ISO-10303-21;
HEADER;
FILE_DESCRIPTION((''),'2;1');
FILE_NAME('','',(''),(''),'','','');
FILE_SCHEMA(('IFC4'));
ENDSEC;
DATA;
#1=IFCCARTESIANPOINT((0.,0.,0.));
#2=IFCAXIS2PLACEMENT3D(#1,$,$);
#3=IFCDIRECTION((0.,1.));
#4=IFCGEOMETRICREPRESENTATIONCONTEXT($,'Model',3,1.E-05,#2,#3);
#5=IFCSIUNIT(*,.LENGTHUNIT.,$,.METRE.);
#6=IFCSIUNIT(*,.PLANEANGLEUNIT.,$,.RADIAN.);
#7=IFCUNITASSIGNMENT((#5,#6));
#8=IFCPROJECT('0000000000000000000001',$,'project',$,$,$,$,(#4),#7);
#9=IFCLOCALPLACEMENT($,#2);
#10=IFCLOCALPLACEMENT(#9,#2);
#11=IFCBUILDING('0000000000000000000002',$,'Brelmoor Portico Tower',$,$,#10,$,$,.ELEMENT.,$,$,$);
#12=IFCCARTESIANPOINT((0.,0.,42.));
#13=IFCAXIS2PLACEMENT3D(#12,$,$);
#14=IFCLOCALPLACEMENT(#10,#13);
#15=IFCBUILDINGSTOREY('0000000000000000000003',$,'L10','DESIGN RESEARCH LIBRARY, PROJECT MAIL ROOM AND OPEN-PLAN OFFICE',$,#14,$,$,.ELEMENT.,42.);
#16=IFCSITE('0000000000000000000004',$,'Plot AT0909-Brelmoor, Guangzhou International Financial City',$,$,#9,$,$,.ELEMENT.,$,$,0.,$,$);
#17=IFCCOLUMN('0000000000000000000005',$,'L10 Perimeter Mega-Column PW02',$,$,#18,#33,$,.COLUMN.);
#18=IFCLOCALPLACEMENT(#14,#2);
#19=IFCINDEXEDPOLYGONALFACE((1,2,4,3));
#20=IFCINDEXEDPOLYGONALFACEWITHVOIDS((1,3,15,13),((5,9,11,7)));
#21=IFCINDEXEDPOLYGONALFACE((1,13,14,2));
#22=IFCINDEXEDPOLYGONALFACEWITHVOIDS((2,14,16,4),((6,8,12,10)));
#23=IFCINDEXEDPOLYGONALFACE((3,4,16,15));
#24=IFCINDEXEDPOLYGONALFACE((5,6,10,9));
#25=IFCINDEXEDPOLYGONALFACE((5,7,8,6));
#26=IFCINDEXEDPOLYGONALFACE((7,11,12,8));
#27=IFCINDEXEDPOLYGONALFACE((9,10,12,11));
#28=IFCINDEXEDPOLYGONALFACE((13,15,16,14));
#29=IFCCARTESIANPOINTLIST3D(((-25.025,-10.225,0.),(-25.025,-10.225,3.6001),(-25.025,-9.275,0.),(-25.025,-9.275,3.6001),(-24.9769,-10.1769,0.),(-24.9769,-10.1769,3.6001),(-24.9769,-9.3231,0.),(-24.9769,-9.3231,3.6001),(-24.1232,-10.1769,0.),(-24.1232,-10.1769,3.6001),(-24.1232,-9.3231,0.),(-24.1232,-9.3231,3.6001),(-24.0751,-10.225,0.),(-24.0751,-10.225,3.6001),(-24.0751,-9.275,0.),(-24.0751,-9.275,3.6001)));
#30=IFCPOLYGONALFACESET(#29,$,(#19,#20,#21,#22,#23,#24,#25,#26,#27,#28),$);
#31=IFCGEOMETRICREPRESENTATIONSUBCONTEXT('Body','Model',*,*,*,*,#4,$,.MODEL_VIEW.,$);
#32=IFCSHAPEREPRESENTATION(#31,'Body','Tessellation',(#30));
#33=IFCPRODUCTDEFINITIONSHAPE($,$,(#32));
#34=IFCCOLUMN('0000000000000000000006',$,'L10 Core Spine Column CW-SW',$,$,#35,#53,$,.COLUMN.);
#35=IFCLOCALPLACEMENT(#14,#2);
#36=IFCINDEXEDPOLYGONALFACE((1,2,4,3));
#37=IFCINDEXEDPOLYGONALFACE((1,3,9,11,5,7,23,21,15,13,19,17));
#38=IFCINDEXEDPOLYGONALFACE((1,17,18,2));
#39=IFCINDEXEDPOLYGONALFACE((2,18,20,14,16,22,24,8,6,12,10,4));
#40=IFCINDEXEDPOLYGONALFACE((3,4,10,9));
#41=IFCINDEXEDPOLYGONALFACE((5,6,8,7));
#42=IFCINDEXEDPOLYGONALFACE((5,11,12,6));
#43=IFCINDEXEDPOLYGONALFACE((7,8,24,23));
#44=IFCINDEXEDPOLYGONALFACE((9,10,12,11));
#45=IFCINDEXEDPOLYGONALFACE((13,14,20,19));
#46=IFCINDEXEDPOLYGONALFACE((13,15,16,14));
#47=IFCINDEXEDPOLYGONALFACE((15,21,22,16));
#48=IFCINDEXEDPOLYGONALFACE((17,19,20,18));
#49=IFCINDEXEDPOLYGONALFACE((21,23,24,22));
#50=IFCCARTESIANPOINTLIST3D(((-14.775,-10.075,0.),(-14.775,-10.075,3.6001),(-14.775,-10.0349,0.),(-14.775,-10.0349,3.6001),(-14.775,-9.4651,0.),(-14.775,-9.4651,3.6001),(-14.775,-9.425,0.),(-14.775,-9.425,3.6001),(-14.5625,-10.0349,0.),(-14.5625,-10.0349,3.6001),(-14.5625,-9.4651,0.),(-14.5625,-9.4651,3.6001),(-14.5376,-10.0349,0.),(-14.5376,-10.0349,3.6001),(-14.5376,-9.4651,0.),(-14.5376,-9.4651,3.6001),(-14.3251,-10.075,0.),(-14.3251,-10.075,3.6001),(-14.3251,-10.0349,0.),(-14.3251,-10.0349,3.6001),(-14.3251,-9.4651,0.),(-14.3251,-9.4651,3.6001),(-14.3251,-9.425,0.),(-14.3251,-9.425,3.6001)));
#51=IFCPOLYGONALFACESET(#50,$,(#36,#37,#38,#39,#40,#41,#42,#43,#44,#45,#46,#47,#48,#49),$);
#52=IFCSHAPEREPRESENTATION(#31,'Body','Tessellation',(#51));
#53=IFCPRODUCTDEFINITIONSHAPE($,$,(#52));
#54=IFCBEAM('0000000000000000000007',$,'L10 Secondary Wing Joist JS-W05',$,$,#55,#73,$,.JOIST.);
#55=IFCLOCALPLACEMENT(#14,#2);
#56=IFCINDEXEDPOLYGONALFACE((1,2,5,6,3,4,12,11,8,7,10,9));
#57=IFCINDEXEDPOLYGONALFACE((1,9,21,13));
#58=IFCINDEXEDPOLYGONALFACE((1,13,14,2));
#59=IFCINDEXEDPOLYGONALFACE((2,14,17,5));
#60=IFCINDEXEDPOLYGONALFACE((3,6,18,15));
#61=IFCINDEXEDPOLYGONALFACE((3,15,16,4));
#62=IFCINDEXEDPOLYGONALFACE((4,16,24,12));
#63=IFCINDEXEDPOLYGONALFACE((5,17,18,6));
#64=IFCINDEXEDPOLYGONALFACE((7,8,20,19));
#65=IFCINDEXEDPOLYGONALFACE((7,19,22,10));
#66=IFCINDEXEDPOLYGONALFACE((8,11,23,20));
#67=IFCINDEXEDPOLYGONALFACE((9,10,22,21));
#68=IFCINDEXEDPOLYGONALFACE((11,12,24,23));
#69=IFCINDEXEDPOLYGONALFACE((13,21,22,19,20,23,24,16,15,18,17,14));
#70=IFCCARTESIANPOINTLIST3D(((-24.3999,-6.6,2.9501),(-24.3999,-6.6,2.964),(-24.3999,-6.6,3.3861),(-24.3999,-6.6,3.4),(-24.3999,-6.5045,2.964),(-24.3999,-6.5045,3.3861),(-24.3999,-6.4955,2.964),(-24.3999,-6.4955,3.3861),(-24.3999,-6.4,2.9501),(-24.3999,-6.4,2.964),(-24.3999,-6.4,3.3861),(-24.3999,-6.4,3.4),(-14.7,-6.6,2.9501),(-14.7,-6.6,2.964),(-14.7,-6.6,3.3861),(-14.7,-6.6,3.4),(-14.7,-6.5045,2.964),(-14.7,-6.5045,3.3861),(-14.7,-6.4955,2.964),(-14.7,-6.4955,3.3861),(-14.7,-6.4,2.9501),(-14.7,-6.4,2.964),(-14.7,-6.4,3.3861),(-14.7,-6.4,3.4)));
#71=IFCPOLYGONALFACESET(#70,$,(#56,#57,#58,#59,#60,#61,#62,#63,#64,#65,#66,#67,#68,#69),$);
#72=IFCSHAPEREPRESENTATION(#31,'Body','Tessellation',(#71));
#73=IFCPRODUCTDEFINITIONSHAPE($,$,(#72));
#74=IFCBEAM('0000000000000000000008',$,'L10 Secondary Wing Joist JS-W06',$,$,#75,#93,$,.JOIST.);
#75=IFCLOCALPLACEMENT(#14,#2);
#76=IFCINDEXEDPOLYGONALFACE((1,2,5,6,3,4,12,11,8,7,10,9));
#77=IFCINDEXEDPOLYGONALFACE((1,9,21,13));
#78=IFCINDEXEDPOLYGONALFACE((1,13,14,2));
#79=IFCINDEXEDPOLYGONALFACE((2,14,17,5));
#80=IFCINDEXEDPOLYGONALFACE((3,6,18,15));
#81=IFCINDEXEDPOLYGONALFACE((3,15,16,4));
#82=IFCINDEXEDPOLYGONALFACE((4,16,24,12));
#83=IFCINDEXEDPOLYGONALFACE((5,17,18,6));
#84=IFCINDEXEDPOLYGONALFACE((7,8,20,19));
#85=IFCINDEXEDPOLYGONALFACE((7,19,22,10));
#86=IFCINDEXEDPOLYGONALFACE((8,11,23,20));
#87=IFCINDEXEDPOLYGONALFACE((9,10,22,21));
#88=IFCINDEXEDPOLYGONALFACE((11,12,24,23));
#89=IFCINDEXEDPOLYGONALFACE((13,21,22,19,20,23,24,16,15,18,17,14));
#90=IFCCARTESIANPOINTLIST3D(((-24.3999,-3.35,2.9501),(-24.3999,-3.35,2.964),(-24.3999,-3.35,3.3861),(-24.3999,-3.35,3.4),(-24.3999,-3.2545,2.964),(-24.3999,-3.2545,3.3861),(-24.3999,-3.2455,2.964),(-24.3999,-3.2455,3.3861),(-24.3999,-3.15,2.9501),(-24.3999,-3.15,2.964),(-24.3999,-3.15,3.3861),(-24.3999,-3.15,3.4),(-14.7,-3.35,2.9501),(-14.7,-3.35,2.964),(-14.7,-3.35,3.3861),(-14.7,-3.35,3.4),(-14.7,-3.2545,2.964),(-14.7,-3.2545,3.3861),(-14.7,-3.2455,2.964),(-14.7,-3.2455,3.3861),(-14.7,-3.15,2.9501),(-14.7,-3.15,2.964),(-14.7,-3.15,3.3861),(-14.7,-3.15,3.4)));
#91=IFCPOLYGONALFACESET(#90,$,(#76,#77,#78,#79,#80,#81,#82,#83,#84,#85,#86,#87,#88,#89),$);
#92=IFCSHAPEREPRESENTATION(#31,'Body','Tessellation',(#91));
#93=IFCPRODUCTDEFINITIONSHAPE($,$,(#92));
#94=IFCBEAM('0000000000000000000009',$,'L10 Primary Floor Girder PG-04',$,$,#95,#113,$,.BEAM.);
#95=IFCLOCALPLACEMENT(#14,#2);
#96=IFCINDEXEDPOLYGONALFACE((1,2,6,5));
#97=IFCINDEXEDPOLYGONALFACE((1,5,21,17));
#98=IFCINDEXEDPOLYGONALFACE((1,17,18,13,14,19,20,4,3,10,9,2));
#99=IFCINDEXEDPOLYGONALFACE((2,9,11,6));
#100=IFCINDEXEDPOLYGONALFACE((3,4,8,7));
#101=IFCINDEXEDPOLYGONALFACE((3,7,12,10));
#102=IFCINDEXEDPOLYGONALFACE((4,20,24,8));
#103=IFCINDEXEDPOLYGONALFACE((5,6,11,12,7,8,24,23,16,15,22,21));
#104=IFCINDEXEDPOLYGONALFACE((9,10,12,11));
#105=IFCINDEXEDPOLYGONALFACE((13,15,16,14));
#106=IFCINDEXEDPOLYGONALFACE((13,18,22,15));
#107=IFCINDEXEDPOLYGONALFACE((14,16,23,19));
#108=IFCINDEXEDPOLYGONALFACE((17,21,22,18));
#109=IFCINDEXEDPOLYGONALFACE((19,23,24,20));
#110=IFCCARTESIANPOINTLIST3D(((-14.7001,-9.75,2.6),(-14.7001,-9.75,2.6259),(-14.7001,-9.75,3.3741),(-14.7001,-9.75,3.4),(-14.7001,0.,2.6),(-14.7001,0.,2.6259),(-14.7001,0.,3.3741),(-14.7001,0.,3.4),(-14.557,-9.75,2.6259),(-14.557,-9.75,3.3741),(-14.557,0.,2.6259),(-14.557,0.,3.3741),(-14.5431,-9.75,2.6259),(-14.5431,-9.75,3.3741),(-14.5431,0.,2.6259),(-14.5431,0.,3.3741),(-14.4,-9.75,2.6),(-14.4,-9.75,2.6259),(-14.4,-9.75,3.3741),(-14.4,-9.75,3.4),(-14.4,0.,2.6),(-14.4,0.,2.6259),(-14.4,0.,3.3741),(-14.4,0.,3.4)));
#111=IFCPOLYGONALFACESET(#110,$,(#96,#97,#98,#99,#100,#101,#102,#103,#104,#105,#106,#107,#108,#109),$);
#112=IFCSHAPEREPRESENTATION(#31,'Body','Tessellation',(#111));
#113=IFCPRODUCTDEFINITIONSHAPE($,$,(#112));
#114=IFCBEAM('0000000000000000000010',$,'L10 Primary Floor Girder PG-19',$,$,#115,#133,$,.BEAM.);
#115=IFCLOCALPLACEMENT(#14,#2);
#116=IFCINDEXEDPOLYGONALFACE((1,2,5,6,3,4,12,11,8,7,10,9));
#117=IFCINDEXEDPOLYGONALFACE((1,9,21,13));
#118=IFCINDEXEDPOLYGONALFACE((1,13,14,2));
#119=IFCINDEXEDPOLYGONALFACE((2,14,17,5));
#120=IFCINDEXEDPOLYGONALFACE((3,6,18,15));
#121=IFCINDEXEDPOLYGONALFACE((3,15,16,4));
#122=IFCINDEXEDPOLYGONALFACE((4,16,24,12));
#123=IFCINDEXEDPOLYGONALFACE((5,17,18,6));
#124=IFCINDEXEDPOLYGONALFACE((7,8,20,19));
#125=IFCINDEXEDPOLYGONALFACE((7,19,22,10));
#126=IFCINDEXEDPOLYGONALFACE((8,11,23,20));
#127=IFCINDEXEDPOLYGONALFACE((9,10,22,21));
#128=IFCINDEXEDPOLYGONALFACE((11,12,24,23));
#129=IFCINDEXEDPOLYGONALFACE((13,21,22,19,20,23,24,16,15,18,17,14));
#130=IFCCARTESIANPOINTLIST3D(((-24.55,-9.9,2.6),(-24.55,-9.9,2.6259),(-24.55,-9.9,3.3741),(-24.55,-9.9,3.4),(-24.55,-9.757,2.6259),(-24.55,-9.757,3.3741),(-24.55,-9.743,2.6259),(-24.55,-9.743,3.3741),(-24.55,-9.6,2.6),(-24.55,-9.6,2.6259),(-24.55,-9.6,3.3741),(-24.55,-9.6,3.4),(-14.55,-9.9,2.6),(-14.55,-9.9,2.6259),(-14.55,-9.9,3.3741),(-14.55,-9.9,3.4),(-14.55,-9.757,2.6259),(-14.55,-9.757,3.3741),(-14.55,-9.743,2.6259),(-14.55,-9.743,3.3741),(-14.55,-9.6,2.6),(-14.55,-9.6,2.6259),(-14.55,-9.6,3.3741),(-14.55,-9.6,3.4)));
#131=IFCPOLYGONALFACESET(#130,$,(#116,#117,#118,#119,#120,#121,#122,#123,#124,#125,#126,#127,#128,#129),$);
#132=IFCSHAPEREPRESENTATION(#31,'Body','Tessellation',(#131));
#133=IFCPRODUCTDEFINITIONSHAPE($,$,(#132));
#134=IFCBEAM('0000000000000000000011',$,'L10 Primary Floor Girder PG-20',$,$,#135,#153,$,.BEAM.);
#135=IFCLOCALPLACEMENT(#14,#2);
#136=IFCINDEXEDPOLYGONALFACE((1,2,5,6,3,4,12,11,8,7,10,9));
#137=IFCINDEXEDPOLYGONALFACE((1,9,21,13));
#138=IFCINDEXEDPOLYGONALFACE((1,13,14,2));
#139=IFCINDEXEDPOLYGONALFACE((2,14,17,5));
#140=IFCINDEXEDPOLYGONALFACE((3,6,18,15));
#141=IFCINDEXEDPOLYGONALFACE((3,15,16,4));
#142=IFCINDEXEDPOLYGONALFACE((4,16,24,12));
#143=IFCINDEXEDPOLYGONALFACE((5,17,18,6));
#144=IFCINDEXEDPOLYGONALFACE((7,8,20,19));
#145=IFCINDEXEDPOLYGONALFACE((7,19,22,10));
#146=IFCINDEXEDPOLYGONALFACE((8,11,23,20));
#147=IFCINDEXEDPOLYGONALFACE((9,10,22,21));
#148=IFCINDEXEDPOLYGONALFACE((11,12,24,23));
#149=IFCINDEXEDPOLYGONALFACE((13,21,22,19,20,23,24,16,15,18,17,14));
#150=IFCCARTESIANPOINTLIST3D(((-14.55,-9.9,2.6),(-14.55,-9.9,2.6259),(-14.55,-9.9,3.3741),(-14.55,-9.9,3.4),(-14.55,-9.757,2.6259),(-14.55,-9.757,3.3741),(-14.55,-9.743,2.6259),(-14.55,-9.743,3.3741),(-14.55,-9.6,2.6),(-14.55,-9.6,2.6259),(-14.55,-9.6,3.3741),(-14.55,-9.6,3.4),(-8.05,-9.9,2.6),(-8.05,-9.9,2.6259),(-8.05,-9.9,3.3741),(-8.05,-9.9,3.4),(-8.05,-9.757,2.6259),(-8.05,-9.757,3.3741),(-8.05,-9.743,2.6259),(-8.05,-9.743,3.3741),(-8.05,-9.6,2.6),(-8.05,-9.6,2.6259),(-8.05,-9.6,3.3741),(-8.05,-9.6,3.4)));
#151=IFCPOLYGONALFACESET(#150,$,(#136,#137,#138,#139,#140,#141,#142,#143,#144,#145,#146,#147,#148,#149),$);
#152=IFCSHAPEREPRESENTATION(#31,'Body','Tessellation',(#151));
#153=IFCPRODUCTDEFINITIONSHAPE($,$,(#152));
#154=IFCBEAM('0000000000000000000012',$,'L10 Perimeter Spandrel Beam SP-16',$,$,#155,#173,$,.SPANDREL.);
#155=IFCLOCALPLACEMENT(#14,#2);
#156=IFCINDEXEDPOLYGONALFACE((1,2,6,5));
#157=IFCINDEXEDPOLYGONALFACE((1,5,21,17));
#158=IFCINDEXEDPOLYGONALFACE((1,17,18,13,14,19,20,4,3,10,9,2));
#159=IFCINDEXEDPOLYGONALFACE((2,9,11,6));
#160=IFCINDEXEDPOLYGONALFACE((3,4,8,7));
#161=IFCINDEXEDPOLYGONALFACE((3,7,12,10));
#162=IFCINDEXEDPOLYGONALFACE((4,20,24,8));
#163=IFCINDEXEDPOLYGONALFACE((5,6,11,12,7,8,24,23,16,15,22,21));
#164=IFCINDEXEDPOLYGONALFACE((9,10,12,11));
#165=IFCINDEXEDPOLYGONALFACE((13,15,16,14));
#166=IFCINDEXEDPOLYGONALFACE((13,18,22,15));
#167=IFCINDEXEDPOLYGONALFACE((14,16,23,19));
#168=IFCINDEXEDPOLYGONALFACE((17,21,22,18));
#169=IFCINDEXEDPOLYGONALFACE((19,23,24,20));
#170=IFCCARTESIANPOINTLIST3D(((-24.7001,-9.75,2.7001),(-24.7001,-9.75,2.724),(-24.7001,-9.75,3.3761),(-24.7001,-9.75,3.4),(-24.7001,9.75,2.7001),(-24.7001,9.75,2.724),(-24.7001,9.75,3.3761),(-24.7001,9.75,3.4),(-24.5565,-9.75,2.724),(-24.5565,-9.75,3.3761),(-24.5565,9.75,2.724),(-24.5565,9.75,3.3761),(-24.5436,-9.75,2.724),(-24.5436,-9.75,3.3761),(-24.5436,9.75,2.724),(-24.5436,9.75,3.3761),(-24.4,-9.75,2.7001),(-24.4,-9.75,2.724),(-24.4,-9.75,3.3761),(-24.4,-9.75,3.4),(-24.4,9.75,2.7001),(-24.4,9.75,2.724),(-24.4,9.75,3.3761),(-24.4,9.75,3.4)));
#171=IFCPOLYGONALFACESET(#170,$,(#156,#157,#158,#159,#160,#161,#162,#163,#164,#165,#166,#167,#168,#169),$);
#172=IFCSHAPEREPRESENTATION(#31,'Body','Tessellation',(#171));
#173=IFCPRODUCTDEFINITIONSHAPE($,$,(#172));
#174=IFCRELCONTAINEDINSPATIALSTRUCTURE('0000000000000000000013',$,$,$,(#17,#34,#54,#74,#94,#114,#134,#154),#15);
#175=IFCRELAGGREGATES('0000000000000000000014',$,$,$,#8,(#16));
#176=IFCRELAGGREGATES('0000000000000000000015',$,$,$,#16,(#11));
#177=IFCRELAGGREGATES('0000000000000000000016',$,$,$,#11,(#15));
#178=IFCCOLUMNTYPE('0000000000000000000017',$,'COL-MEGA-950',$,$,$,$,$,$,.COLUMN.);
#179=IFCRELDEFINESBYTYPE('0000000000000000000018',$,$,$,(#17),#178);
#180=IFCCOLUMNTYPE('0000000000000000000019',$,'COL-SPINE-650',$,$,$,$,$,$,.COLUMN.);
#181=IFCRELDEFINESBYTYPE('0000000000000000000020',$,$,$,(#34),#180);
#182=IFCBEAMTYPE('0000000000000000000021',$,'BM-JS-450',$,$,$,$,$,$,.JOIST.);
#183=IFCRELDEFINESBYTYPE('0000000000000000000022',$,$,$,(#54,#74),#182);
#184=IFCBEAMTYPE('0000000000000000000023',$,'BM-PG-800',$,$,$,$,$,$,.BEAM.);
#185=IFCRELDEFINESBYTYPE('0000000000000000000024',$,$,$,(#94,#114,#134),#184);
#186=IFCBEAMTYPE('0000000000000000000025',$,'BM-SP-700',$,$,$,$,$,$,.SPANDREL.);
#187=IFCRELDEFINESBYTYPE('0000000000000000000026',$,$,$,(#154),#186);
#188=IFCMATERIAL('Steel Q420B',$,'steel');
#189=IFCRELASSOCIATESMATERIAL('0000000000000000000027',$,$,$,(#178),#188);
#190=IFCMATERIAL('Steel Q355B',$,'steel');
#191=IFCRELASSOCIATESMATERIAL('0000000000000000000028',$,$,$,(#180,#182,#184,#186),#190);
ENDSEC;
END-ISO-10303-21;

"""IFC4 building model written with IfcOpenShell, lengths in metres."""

from ifc_helpers import new_model, si_unit, direction, frame, origin, origin_2d, place, context, subcontext, project, spatial, hollow_rectangle, i_section, extrude, material, material_profile, profile_set, type_object, element, save


model = new_model("IFC4")

# Units and contexts
model_context = context("Model", 3, precision=1e-05, world=origin(), true_north=direction((0.0, 1.0)))
body_context = subcontext(model_context, "Body", "Model", "MODEL_VIEW")
ifc_project = project(units=[si_unit("LENGTHUNIT", "METRE"), si_unit("PLANEANGLEUNIT", "RADIAN")], contexts=[model_context])

# Site, building, storey
site_placement = place(None, origin())
site = spatial("IfcSite", under=ifc_project, at=site_placement, Name="Plot AT0909-Brelmoor, Guangzhou International Financial City", CompositionType="ELEMENT", RefElevation=0.0)
building_placement = place(site_placement, origin())
building = spatial("IfcBuilding", under=site, at=building_placement, Name="Brelmoor Portico Tower", CompositionType="ELEMENT")
storey_placement = place(building_placement, frame((0.0, 0.0, 42.0)))
storey = spatial("IfcBuildingStorey", under=building, at=storey_placement, Name="L10", Description="DESIGN RESEARCH LIBRARY, PROJECT MAIL ROOM AND OPEN-PLAN OFFICE", CompositionType="ELEMENT", Elevation=42.0)

# Columns
ifc_material_1 = material(Name="Steel Q420B", Category="steel")
ifc_material_profile_1 = material_profile(ifc_material_1, hollow_rectangle(XDim=0.95, YDim=0.95, WallThickness=0.0481, at=origin_2d()), Name="BOX 950x950x48")
ifc_profile_set_1 = profile_set([ifc_material_profile_1], Name="Steel Q420B")
column_type_1 = type_object("IfcColumnType", Name="COL-MEGA-950", PredefinedType="COLUMN", material=ifc_profile_set_1)
column_1_placement = place(storey_placement, frame((-24.55, -9.75, 0.0), z_axis=(0.0, 0.0, 1.0), x_axis=(0.0, 1.0, 0.0)))
element("IfcColumn", 1, at=column_1_placement, inside=storey, type_object=column_type_1, Name="L10 Perimeter Mega-Column PW02", PredefinedType="COLUMN", context=body_context, shape_type="SweptSolid", body=[
    extrude(hollow_rectangle(XDim=0.95, YDim=0.95, WallThickness=0.0481, at=origin_2d()), origin(), (0.0, 0.0, 1.0), 3.6001),
])
ifc_material_2 = material(Name="Steel Q355B", Category="steel")
ifc_material_profile_2 = material_profile(ifc_material_2, i_section(OverallWidth=0.45, OverallDepth=0.6499, WebThickness=0.0249, FlangeThickness=0.04, at=origin_2d()), Name="HW 650x450x25x40")
ifc_profile_set_2 = profile_set([ifc_material_profile_2], Name="Steel Q355B")
column_type_2 = type_object("IfcColumnType", Name="COL-SPINE-650", PredefinedType="COLUMN", material=ifc_profile_set_2)
column_2_placement = place(storey_placement, frame((-14.55, -9.75, 0.0), z_axis=(0.0, 0.0, 1.0), x_axis=(1.0, 0.0, 0.0)))
element("IfcColumn", 2, at=column_2_placement, inside=storey, type_object=column_type_2, Name="L10 Core Spine Column CW-SW", PredefinedType="COLUMN", context=body_context, shape_type="SweptSolid", body=[
    extrude(i_section(OverallWidth=0.45, OverallDepth=0.6499, WebThickness=0.0249, FlangeThickness=0.04, at=origin_2d()), origin(), (0.0, 0.0, 1.0), 3.6001),
])

# Beams
ifc_material_profile_3 = material_profile(ifc_material_2, i_section(OverallWidth=0.2, OverallDepth=0.45, WebThickness=0.009, FlangeThickness=0.0139, at=origin_2d()), Name="HN 450x200x9x14")
ifc_profile_set_3 = profile_set([ifc_material_profile_3], Name="Steel Q355B")
beam_type_1 = type_object("IfcBeamType", Name="BM-JS-450", PredefinedType="JOIST", material=ifc_profile_set_3)
for number, where, z_axis, x_axis, name in (
    (3, (-24.3999, -6.5, 3.175), (1.0, 0.0, 0.0), (0.0, 1.0, 0.0), "L10 Secondary Wing Joist JS-W05"),
    (4, (-24.3999, -3.25, 3.175), (1.0, 0.0, 0.0), (0.0, 1.0, 0.0), "L10 Secondary Wing Joist JS-W06"),
):
    element("IfcBeam", number, at=place(storey_placement, frame(where, z_axis=z_axis, x_axis=x_axis)), inside=storey, type_object=beam_type_1, Name=name, PredefinedType="JOIST", context=body_context, shape_type="SweptSolid", body=[
        extrude(i_section(OverallWidth=0.2, OverallDepth=0.45, WebThickness=0.009, FlangeThickness=0.0139, at=origin_2d()), origin(), (0.0, 0.0, 1.0), 9.7),
    ])
ifc_material_profile_4 = material_profile(ifc_material_2, i_section(OverallWidth=0.3, OverallDepth=0.8, WebThickness=0.0139, FlangeThickness=0.0259, at=origin_2d()), Name="HN 800x300x14x26")
ifc_profile_set_4 = profile_set([ifc_material_profile_4], Name="Steel Q355B")
beam_type_2 = type_object("IfcBeamType", Name="BM-PG-800", PredefinedType="BEAM", material=ifc_profile_set_4)
beam_1_placement = place(storey_placement, frame((-14.55, -9.75, 3.0), z_axis=(0.0, 1.0, 0.0), x_axis=(-1.0, 0.0, 0.0)))
element("IfcBeam", 5, at=beam_1_placement, inside=storey, type_object=beam_type_2, Name="L10 Primary Floor Girder PG-04", PredefinedType="BEAM", context=body_context, shape_type="SweptSolid", body=[
    extrude(i_section(OverallWidth=0.3, OverallDepth=0.8, WebThickness=0.0139, FlangeThickness=0.0259, at=origin_2d()), origin(), (0.0, 0.0, 1.0), 9.75),
])
beam_2_placement = place(storey_placement, frame((-24.55, -9.75, 3.0), z_axis=(1.0, 0.0, 0.0), x_axis=(0.0, 1.0, 0.0)))
element("IfcBeam", 6, at=beam_2_placement, inside=storey, type_object=beam_type_2, Name="L10 Primary Floor Girder PG-19", PredefinedType="BEAM", context=body_context, shape_type="SweptSolid", body=[
    extrude(i_section(OverallWidth=0.3, OverallDepth=0.8, WebThickness=0.0139, FlangeThickness=0.0259, at=origin_2d()), origin(), (0.0, 0.0, 1.0), 10.0),
])
beam_3_placement = place(storey_placement, frame((-14.55, -9.75, 3.0), z_axis=(1.0, 0.0, 0.0), x_axis=(0.0, 1.0, 0.0)))
element("IfcBeam", 7, at=beam_3_placement, inside=storey, type_object=beam_type_2, Name="L10 Primary Floor Girder PG-20", PredefinedType="BEAM", context=body_context, shape_type="SweptSolid", body=[
    extrude(i_section(OverallWidth=0.3, OverallDepth=0.8, WebThickness=0.0139, FlangeThickness=0.0259, at=origin_2d()), origin(), (0.0, 0.0, 1.0), 6.5),
])
ifc_material_profile_5 = material_profile(ifc_material_2, i_section(OverallWidth=0.3, OverallDepth=0.7, WebThickness=0.0129, FlangeThickness=0.0239, at=origin_2d()), Name="HN 700x300x13x24")
ifc_profile_set_5 = profile_set([ifc_material_profile_5], Name="Steel Q355B")
beam_type_3 = type_object("IfcBeamType", Name="BM-SP-700", PredefinedType="SPANDREL", material=ifc_profile_set_5)
beam_4_placement = place(storey_placement, frame((-24.55, -9.75, 3.05), z_axis=(0.0, 1.0, 0.0), x_axis=(-1.0, 0.0, 0.0)))
element("IfcBeam", 8, at=beam_4_placement, inside=storey, type_object=beam_type_3, Name="L10 Perimeter Spandrel Beam SP-16", PredefinedType="SPANDREL", context=body_context, shape_type="SweptSolid", body=[
    extrude(i_section(OverallWidth=0.3, OverallDepth=0.7, WebThickness=0.0129, FlangeThickness=0.0239, at=origin_2d()), origin(), (0.0, 0.0, 1.0), 19.5),
])

save(model, "model.ifc")
